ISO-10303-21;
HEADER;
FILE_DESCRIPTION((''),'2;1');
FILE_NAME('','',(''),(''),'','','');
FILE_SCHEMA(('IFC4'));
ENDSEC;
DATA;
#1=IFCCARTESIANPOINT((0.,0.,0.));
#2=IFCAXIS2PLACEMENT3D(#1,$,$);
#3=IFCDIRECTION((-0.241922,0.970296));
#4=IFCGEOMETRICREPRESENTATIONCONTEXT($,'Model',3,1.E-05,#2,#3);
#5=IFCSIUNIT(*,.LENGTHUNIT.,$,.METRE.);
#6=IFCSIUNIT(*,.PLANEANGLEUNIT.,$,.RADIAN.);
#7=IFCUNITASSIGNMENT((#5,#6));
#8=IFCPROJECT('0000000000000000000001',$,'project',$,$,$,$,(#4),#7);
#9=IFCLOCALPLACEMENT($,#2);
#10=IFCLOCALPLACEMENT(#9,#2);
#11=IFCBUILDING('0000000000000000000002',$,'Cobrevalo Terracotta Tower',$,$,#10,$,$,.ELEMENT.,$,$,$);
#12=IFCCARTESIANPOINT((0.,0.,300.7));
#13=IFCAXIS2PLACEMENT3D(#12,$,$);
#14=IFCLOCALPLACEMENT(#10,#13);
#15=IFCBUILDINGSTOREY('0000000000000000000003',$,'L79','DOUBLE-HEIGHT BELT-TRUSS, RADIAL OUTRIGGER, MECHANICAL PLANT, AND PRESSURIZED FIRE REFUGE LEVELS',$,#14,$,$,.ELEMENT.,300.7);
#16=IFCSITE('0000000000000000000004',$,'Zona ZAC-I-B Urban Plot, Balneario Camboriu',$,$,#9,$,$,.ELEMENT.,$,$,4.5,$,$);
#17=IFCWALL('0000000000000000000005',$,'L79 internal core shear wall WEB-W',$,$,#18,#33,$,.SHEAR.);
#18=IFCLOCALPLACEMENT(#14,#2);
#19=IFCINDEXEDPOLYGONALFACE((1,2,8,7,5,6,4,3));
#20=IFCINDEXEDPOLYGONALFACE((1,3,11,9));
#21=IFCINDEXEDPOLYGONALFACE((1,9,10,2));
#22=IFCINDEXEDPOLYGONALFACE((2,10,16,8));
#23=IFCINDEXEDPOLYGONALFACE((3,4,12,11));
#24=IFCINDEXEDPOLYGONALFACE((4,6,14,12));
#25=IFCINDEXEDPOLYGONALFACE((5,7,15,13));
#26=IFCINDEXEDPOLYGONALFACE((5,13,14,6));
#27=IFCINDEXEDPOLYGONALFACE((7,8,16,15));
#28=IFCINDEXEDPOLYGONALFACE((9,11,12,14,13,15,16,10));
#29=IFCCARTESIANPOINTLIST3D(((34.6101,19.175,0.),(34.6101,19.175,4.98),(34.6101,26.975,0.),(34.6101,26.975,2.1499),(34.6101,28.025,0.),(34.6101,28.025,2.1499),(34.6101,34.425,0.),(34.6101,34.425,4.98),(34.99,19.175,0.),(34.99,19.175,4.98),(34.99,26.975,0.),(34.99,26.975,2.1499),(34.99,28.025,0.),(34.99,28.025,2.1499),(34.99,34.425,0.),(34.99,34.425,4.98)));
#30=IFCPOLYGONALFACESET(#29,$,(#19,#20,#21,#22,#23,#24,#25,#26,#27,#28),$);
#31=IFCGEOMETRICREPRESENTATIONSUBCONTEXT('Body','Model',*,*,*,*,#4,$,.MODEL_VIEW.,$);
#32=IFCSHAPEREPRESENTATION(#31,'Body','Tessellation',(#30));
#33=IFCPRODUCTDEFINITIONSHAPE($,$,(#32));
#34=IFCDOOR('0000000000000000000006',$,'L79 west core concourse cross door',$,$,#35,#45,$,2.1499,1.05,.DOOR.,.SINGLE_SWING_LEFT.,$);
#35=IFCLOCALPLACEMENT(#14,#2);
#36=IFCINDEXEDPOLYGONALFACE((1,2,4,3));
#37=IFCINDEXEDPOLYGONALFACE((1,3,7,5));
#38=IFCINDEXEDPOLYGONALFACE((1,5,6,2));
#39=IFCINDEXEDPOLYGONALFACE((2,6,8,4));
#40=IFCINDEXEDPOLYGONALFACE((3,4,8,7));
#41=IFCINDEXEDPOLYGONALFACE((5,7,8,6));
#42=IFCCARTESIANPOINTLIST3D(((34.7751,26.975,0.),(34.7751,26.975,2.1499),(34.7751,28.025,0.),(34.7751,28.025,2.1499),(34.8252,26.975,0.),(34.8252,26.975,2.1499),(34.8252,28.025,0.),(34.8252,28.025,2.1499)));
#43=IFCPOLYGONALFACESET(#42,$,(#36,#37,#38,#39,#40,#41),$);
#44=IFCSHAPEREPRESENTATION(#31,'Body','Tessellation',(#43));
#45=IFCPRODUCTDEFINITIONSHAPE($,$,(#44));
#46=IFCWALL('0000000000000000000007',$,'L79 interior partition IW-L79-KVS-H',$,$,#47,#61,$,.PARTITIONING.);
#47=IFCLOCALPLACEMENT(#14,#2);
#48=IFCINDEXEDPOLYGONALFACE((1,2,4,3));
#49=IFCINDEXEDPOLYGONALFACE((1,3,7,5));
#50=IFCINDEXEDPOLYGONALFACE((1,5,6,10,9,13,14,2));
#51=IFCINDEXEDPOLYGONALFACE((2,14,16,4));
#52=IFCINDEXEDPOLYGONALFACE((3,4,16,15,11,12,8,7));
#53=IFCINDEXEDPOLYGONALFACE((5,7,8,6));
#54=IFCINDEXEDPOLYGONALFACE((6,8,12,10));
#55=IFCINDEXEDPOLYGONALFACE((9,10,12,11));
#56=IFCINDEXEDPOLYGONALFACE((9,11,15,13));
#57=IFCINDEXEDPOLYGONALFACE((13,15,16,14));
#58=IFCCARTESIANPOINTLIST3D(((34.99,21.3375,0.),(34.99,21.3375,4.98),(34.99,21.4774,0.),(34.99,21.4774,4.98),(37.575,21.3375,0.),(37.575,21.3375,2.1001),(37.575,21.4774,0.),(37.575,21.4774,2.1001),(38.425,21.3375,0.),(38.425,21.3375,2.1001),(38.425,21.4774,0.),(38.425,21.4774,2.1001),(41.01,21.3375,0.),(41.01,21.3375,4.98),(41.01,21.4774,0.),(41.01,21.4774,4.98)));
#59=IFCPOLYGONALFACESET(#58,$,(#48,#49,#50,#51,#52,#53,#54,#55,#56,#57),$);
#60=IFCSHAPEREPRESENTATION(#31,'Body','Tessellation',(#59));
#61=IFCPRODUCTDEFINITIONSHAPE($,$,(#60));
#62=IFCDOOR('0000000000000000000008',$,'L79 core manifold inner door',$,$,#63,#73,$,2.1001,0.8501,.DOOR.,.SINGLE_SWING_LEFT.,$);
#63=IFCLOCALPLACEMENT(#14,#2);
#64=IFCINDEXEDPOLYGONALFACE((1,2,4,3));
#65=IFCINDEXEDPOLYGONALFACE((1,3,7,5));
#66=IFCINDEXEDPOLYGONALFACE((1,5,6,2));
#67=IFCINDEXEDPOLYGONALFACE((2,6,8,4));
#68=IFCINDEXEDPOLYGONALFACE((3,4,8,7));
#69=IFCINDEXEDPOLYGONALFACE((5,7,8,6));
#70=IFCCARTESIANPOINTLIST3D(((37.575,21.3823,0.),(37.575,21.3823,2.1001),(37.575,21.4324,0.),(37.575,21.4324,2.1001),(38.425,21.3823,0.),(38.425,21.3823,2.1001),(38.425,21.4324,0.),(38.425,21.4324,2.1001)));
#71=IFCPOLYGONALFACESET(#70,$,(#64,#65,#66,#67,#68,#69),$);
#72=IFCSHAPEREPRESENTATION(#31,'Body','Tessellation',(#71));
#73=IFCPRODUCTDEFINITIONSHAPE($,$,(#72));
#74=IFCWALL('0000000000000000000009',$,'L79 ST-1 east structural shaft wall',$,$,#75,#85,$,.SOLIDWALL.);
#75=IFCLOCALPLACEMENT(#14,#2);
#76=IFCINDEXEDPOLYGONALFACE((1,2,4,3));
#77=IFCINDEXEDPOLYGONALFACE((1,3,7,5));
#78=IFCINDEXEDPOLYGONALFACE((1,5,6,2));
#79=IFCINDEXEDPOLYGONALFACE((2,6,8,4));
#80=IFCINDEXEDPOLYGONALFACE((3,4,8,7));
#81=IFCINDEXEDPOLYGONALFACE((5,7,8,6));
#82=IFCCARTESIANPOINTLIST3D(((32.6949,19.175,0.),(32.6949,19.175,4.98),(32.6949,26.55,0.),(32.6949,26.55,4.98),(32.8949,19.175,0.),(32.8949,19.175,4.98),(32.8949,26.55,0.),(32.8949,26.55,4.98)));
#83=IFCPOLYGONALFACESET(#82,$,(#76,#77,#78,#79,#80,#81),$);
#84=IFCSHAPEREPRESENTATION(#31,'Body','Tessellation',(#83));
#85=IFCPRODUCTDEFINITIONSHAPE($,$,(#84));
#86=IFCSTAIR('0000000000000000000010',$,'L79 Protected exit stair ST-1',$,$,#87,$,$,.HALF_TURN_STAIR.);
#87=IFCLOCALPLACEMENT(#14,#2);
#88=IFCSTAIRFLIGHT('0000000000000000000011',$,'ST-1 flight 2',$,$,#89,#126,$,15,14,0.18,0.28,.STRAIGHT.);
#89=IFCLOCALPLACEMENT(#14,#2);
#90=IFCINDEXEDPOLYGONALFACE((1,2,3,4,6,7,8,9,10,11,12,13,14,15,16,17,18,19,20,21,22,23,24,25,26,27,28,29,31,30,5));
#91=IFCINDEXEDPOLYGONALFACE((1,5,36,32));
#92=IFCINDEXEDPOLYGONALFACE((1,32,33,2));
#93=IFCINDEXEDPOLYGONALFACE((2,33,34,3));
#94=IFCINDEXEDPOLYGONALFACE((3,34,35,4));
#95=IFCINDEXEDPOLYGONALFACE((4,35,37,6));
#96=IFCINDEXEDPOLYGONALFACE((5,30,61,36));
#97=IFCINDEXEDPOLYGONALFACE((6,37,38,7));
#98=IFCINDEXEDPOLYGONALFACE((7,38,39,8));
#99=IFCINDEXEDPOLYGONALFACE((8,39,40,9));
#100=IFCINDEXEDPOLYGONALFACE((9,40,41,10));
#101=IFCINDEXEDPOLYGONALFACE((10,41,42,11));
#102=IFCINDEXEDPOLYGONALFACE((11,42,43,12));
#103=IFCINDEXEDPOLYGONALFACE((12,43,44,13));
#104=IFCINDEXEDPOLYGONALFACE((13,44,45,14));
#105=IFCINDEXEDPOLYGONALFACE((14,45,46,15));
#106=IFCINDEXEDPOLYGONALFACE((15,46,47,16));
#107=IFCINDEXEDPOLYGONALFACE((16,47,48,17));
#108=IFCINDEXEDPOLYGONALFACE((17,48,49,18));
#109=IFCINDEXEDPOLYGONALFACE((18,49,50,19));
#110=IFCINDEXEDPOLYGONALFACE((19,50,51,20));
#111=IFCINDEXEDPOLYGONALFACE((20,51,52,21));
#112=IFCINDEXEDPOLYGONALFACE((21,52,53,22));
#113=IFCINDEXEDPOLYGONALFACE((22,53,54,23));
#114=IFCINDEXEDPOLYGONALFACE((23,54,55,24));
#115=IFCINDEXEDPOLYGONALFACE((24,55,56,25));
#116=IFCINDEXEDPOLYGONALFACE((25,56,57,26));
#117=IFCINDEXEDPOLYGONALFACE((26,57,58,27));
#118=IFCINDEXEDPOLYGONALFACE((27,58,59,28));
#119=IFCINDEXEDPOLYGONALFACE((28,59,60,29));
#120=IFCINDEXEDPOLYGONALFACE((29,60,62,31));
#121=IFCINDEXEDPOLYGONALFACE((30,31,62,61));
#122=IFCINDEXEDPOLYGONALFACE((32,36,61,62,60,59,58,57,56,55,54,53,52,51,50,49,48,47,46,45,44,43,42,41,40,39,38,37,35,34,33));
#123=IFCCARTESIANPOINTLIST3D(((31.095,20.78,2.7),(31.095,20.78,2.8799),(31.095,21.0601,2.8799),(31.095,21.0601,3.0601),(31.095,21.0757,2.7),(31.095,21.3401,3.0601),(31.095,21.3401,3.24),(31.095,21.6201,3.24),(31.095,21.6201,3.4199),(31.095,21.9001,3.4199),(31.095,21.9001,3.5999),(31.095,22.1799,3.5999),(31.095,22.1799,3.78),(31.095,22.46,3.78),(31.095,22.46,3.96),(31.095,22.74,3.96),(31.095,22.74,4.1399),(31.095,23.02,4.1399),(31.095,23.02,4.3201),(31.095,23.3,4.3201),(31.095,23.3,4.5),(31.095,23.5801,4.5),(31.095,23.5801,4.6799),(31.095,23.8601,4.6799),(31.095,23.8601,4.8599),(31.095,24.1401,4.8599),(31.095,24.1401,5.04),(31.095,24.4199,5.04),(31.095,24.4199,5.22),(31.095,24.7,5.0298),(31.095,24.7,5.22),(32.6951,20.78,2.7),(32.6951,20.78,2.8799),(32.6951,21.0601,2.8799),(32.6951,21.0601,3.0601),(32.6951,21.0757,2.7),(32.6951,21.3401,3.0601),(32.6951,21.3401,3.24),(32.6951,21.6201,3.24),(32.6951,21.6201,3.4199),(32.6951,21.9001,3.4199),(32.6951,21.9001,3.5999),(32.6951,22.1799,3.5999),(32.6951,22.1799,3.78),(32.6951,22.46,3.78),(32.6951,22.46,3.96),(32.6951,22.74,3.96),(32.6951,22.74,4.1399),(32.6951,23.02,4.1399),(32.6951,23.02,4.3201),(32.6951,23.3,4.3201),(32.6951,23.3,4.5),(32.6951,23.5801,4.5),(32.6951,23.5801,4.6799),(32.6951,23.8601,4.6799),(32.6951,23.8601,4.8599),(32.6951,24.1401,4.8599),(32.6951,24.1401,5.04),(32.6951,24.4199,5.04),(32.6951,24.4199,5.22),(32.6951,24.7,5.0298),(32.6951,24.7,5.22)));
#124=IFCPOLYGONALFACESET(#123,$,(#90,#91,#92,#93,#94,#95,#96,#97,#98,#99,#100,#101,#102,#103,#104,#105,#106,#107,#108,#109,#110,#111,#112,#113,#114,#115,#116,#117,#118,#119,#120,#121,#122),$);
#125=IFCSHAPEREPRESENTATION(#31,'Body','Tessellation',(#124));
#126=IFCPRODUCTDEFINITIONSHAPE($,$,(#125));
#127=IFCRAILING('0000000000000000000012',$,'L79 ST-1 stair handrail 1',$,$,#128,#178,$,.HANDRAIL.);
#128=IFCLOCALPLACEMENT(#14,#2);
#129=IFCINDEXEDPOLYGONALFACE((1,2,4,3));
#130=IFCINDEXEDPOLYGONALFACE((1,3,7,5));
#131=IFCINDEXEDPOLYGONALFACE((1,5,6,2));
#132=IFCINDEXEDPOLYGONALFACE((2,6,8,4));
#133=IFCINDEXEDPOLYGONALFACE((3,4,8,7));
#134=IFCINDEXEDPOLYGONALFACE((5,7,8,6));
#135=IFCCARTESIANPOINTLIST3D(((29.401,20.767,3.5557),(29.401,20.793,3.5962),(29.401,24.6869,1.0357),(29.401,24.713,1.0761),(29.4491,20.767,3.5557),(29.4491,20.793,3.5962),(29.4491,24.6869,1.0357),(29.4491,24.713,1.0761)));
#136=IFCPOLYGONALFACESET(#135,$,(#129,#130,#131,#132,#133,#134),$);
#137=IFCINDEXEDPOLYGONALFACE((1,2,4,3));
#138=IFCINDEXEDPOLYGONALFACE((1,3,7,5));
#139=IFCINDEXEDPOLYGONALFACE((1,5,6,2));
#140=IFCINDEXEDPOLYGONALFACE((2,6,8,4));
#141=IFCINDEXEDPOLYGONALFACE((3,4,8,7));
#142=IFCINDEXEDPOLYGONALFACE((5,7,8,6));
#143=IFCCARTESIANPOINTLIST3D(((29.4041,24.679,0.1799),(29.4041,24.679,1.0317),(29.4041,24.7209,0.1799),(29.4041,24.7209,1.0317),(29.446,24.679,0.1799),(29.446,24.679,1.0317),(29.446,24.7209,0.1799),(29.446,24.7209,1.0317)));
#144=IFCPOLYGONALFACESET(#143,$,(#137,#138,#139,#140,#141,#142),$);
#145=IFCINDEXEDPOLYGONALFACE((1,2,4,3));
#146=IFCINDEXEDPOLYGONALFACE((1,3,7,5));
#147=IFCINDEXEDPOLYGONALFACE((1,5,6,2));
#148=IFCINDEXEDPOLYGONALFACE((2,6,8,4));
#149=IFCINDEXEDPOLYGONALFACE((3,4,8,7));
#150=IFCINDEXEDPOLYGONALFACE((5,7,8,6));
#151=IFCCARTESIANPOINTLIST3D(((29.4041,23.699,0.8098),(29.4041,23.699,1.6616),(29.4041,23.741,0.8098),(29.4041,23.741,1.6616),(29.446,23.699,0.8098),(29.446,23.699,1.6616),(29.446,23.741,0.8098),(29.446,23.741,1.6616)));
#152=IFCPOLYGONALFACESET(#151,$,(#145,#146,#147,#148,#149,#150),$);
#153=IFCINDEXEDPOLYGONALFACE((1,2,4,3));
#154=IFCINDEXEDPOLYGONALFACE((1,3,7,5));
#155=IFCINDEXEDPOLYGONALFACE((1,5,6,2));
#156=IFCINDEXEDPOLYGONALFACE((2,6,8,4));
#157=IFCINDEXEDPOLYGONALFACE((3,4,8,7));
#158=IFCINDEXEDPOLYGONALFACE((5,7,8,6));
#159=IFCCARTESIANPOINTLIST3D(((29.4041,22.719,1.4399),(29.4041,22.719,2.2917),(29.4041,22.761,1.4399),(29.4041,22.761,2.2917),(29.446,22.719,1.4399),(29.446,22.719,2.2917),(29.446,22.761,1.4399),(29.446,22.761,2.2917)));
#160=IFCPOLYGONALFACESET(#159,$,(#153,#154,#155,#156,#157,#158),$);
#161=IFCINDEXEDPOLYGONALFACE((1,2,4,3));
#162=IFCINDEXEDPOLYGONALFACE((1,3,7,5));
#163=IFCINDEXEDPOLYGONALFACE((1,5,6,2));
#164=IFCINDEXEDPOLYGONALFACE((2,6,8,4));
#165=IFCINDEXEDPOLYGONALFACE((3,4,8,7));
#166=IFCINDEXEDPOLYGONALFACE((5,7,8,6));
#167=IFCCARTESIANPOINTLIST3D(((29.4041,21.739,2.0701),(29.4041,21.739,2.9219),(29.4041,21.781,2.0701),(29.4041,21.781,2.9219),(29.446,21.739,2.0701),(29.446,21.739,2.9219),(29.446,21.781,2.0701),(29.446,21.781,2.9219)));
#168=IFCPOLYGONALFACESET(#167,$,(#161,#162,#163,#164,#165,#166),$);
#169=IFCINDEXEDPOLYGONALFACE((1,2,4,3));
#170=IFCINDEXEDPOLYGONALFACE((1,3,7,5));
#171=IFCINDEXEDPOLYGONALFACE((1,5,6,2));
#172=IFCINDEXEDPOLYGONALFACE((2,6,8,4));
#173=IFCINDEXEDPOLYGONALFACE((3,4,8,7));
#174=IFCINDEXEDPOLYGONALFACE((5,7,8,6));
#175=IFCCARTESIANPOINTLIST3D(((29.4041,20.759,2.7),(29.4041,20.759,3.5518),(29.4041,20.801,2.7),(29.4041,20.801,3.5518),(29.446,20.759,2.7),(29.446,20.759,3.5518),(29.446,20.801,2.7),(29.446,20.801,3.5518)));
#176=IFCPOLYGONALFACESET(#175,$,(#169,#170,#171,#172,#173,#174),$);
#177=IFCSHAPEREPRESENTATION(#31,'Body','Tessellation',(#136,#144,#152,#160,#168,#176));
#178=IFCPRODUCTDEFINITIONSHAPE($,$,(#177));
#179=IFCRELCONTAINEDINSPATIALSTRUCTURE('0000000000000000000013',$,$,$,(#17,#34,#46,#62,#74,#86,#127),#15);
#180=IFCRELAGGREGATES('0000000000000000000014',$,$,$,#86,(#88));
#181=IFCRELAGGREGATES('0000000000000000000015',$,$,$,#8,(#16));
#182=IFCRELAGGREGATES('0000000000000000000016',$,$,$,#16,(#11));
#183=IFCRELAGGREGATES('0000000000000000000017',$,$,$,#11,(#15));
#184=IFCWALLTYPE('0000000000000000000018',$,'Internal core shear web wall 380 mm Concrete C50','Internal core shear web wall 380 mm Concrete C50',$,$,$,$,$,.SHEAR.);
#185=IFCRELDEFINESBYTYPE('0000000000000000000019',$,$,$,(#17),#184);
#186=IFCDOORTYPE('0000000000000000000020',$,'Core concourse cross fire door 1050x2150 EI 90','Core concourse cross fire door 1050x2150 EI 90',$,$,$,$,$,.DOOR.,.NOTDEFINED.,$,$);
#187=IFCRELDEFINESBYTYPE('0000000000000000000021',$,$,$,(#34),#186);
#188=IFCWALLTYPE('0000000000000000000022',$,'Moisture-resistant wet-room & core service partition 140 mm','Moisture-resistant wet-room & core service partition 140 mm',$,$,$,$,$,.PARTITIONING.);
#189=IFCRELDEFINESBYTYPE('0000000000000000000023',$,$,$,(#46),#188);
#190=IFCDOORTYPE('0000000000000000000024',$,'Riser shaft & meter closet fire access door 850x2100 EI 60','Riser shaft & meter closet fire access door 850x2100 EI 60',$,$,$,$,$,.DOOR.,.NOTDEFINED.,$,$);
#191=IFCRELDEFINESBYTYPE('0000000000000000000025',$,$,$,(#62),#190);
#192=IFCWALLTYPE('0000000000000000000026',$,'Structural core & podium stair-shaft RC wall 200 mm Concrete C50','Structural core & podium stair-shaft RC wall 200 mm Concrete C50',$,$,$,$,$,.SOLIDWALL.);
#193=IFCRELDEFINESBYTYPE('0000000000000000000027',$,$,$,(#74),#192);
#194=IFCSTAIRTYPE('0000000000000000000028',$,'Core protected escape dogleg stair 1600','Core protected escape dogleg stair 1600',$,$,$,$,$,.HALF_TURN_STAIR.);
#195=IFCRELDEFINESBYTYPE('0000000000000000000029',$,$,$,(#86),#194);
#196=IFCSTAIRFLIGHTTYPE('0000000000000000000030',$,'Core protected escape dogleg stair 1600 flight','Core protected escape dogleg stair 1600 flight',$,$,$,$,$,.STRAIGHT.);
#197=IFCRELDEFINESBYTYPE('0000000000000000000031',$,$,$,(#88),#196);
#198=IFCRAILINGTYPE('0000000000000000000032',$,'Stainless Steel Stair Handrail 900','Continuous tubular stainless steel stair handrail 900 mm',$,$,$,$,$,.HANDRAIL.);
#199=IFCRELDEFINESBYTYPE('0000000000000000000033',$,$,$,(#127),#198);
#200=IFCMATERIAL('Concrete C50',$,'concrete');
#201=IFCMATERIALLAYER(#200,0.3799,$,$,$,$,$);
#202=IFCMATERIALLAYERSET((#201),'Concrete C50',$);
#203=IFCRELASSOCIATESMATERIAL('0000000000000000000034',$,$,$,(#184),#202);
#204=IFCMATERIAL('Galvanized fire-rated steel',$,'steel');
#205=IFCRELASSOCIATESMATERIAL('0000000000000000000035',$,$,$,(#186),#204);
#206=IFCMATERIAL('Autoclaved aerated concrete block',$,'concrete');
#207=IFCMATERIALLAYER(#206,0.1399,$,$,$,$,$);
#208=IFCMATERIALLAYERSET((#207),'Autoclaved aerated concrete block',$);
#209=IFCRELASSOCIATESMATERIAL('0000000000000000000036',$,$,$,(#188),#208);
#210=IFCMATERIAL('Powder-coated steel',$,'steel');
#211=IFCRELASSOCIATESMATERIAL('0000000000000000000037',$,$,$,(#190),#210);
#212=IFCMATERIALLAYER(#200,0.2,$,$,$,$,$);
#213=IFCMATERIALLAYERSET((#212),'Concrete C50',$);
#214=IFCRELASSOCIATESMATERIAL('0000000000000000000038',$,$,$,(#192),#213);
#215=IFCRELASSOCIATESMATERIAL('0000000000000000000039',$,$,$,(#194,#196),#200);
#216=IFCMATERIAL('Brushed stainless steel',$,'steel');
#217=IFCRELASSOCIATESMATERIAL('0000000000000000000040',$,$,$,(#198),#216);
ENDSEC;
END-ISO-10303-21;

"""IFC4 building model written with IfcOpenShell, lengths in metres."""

from ifc_helpers import new_model, si_unit, direction, frame, frame_2d, origin, origin_2d, place, context, subcontext, project, spatial, polyline, rectangle, outline, extrude, source, transform, mapped, material, layer, layer_set, type_object, element, fill, aggregate, save


model = new_model("IFC4")

# Units and contexts
model_context = context("Model", 3, precision=1e-05, world=origin(), true_north=direction((-0.241922, 0.970296)))
body_context = subcontext(model_context, "Body", "Model", "MODEL_VIEW")
ifc_project = project(units=[si_unit("LENGTHUNIT", "METRE"), si_unit("PLANEANGLEUNIT", "RADIAN")], contexts=[model_context])

# Site, building, storey
site_placement = place(None, origin())
site = spatial("IfcSite", under=ifc_project, at=site_placement, Name="Zona ZAC-I-B Urban Plot, Balneario Camboriu", CompositionType="ELEMENT", RefElevation=4.5)
building_placement = place(site_placement, origin())
building = spatial("IfcBuilding", under=site, at=building_placement, Name="Cobrevalo Terracotta Tower", CompositionType="ELEMENT")
storey_placement = place(building_placement, frame((0.0, 0.0, 300.7)))
storey = spatial("IfcBuildingStorey", under=building, at=storey_placement, Name="L79", Description="DOUBLE-HEIGHT BELT-TRUSS, RADIAL OUTRIGGER, MECHANICAL PLANT, AND PRESSURIZED FIRE REFUGE LEVELS", CompositionType="ELEMENT", Elevation=300.7)

# Shared definitions
ifc_material_1 = material(Name="Concrete C50", Category="concrete")
ifc_material_2 = material(Name="Galvanized fire-rated steel", Category="steel")

# Walls, openings, doors
ifc_layer_1 = layer(ifc_material_1, 0.3799)
ifc_layer_set_1 = layer_set([ifc_layer_1], Name="Concrete C50")
wall_type_1 = type_object("IfcWallType", Name="Internal core shear web wall 380 mm Concrete C50", Description="Internal core shear web wall 380 mm Concrete C50", PredefinedType="SHEAR", material=ifc_layer_set_1)
wall_1_placement = place(storey_placement, frame((34.8, 19.175, 0.0), z_axis=(0.0, 0.0, 1.0), x_axis=(0.0, 1.0, 0.0)))
wall_1 = element("IfcWall", 1, at=wall_1_placement, inside=storey, type_object=wall_type_1, Name="L79 internal core shear wall WEB-W", PredefinedType="SHEAR", context=body_context, shape_type="SweptSolid", body=[
    extrude(rectangle(XDim=15.25, YDim=0.3799, at=frame_2d((7.625, 0.0))), origin(), (0.0, 0.0, 1.0), 4.98),
])
opening_1_placement = place(wall_1_placement, frame((7.8, 0.0, 0.0)))
opening_1 = element("IfcOpeningElement", 2, at=opening_1_placement, cuts=wall_1, PredefinedType="OPENING", context=body_context, shape_type="SweptSolid", body=[
    extrude(rectangle(XDim=1.05, YDim=2.1499, at=frame_2d((0.5249, 1.075))), frame((0.0, 0.2, 0.0), z_axis=(0.0, -1.0, 0.0), x_axis=(1.0, 0.0, 0.0)), (0.0, 0.0, 1.0), 0.3999),
])
door_type_1 = type_object("IfcDoorType", Name="Core concourse cross fire door 1050x2150 EI 90", Description="Core concourse cross fire door 1050x2150 EI 90", OperationType="NOTDEFINED", PredefinedType="DOOR", material=ifc_material_2)
shared_shape_1 = source(origin(), body_context, "Body", "SweptSolid", [
    extrude(rectangle(XDim=1.05, YDim=2.1499, at=frame_2d((0.5249, 1.075))), frame((0.0, 0.0249, 0.0), z_axis=(0.0, -1.0, 0.0), x_axis=(1.0, 0.0, 0.0)), (0.0, 0.0, 1.0), 0.05),
])
door_1_placement = place(opening_1_placement, origin())
door_1 = element("IfcDoor", 3, at=door_1_placement, inside=storey, type_object=door_type_1, Name="L79 west core concourse cross door", OperationType="SINGLE_SWING_LEFT", OverallHeight=2.1499, OverallWidth=1.05, PredefinedType="DOOR", context=body_context, shape_type="MappedRepresentation", body=[
    mapped(shared_shape_1, transform((0.0, 0.0, 0.0), scale=1.0)),
])
fill(opening_1, door_1)
ifc_material_3 = material(Name="Autoclaved aerated concrete block", Category="concrete")
ifc_layer_2 = layer(ifc_material_3, 0.1399)
ifc_layer_set_2 = layer_set([ifc_layer_2], Name="Autoclaved aerated concrete block")
wall_type_2 = type_object("IfcWallType", Name="Moisture-resistant wet-room & core service partition 140 mm", Description="Moisture-resistant wet-room & core service partition 140 mm", PredefinedType="PARTITIONING", material=ifc_layer_set_2)
wall_2_placement = place(storey_placement, frame((34.99, 21.4075, 0.0), z_axis=(0.0, 0.0, 1.0), x_axis=(1.0, 0.0, 0.0)))
wall_2 = element("IfcWall", 4, at=wall_2_placement, inside=storey, type_object=wall_type_2, Name="L79 interior partition IW-L79-KVS-H", PredefinedType="PARTITIONING", context=body_context, shape_type="SweptSolid", body=[
    extrude(rectangle(XDim=6.02, YDim=0.1399, at=frame_2d((3.01, 0.0))), origin(), (0.0, 0.0, 1.0), 4.98),
])
opening_2_placement = place(wall_2_placement, frame((2.585, 0.0, 0.0)))
opening_2 = element("IfcOpeningElement", 5, at=opening_2_placement, cuts=wall_2, PredefinedType="OPENING", context=body_context, shape_type="SweptSolid", body=[
    extrude(rectangle(XDim=0.8501, YDim=2.1001, at=frame_2d((0.425, 1.05))), frame((0.0, 0.0801, 0.0), z_axis=(0.0, -1.0, 0.0), x_axis=(1.0, 0.0, 0.0)), (0.0, 0.0, 1.0), 0.1599),
])
ifc_material_4 = material(Name="Powder-coated steel", Category="steel")
door_type_2 = type_object("IfcDoorType", Name="Riser shaft & meter closet fire access door 850x2100 EI 60", Description="Riser shaft & meter closet fire access door 850x2100 EI 60", OperationType="NOTDEFINED", PredefinedType="DOOR", material=ifc_material_4)
shared_shape_2 = source(origin(), body_context, "Body", "SweptSolid", [
    extrude(rectangle(XDim=0.8501, YDim=2.1001, at=frame_2d((0.425, 1.05))), frame((0.0, 0.0249, 0.0), z_axis=(0.0, -1.0, 0.0), x_axis=(1.0, 0.0, 0.0)), (0.0, 0.0, 1.0), 0.05),
])
door_2_placement = place(opening_2_placement, origin())
door_2 = element("IfcDoor", 6, at=door_2_placement, inside=storey, type_object=door_type_2, Name="L79 core manifold inner door", OperationType="SINGLE_SWING_LEFT", OverallHeight=2.1001, OverallWidth=0.8501, PredefinedType="DOOR", context=body_context, shape_type="MappedRepresentation", body=[
    mapped(shared_shape_2, transform((0.0, 0.0, 0.0), scale=1.0)),
])
fill(opening_2, door_2)

# Wall
ifc_layer_3 = layer(ifc_material_1, 0.2)
ifc_layer_set_3 = layer_set([ifc_layer_3], Name="Concrete C50")
wall_type_3 = type_object("IfcWallType", Name="Structural core & podium stair-shaft RC wall 200 mm Concrete C50", Description="Structural core & podium stair-shaft RC wall 200 mm Concrete C50", PredefinedType="SOLIDWALL", material=ifc_layer_set_3)
wall_3_placement = place(storey_placement, frame((32.7949, 19.175, 0.0), z_axis=(0.0, 0.0, 1.0), x_axis=(0.0, 1.0, 0.0)))
element("IfcWall", 7, at=wall_3_placement, inside=storey, type_object=wall_type_3, Name="L79 ST-1 east structural shaft wall", PredefinedType="SOLIDWALL", context=body_context, shape_type="SweptSolid", body=[
    extrude(rectangle(XDim=7.375, YDim=0.2, at=frame_2d((3.6875, 0.0))), origin(), (0.0, 0.0, 1.0), 4.98),
])

# Stair, stair flight
stair_type = type_object("IfcStairType", Name="Core protected escape dogleg stair 1600", Description="Core protected escape dogleg stair 1600", PredefinedType="HALF_TURN_STAIR", material=ifc_material_1)
stair_placement = place(storey_placement, origin())
stair = element("IfcStair", 8, at=stair_placement, inside=storey, type_object=stair_type, Name="L79 Protected exit stair ST-1", PredefinedType="HALF_TURN_STAIR")
stair_flight_type = type_object("IfcStairFlightType", Name="Core protected escape dogleg stair 1600 flight", Description="Core protected escape dogleg stair 1600 flight", PredefinedType="STRAIGHT", material=ifc_material_1)
stair_flight_placement = place(storey_placement, frame((31.895, 20.78, 2.7), z_axis=(0.0, 0.0, 1.0), x_axis=(0.0, 1.0, 0.0)))
stair_flight = element("IfcStairFlight", 9, at=stair_flight_placement, type_object=stair_flight_type, Name="ST-1 flight 2", NumberOfRisers=15, NumberOfTreads=14, PredefinedType="STRAIGHT", RiserHeight=0.18, TreadLength=0.28, context=body_context, shape_type="SweptSolid", body=[
    extrude(outline(polyline([(0.0, 0.0), (0.0, 0.1799), (0.28, 0.1799), (0.28, 0.3601), (0.5601, 0.3601), (0.5601, 0.54), (0.8401, 0.54), (0.8401, 0.72), (1.1201, 0.72), (1.1201, 0.8999), (1.3999, 0.8999), (1.3999, 1.0801), (1.6799, 1.0801), (1.6799, 1.26), (1.96, 1.26), (1.96, 1.4399), (2.24, 1.4399), (2.24, 1.6201), (2.52, 1.6201), (2.52, 1.8), (2.8, 1.8), (2.8, 1.98), (3.0801, 1.98), (3.0801, 2.1599), (3.3601, 2.1599), (3.3601, 2.3401), (3.6399, 2.3401), (3.6399, 2.52), (3.9199, 2.52), (3.9199, 2.7), (3.9199, 2.3298), (0.2957, 0.0), (0.0, 0.0)])), frame((0.0, 0.8, 0.0), z_axis=(0.0, -1.0, 0.0), x_axis=(1.0, 0.0, 0.0)), (0.0, 0.0, 1.0), 1.6001),
])
aggregate(stair, [stair_flight])

# Railing
ifc_material_5 = material(Name="Brushed stainless steel", Category="steel")
railing_type_1 = type_object("IfcRailingType", Name="Stainless Steel Stair Handrail 900", Description="Continuous tubular stainless steel stair handrail 900 mm", PredefinedType="HANDRAIL", material=ifc_material_5)
railing_1_placement = place(storey_placement, frame((29.425, 24.7, 0.1799)))
element("IfcRailing", 10, at=railing_1_placement, inside=storey, type_object=railing_type_1, Name="L79 ST-1 stair handrail 1", PredefinedType="HANDRAIL", context=body_context, shape_type="SweptSolid", body=[
    extrude(rectangle(XDim=0.0481, YDim=0.0481, at=origin_2d()), frame((0.0, 0.0, 0.876), z_axis=(0.0, -0.841172, 0.540768), x_axis=(1.0, 0.0, 0.0)), (0.0, 0.0, 1.0), 4.6602),
    extrude(rectangle(XDim=0.042, YDim=0.042, at=origin_2d()), origin(), (0.0, 0.0, 1.0), 0.8518),
    extrude(rectangle(XDim=0.042, YDim=0.042, at=origin_2d()), frame((0.0, -0.98, 0.6299)), (0.0, 0.0, 1.0), 0.8518),
    extrude(rectangle(XDim=0.042, YDim=0.042, at=origin_2d()), frame((0.0, -1.96, 1.26)), (0.0, 0.0, 1.0), 0.8518),
    extrude(rectangle(XDim=0.042, YDim=0.042, at=origin_2d()), frame((0.0, -2.9399, 1.8901)), (0.0, 0.0, 1.0), 0.8518),
    extrude(rectangle(XDim=0.042, YDim=0.042, at=origin_2d()), frame((0.0, -3.9199, 2.52)), (0.0, 0.0, 1.0), 0.8518),
])

save(model, "model.ifc")
